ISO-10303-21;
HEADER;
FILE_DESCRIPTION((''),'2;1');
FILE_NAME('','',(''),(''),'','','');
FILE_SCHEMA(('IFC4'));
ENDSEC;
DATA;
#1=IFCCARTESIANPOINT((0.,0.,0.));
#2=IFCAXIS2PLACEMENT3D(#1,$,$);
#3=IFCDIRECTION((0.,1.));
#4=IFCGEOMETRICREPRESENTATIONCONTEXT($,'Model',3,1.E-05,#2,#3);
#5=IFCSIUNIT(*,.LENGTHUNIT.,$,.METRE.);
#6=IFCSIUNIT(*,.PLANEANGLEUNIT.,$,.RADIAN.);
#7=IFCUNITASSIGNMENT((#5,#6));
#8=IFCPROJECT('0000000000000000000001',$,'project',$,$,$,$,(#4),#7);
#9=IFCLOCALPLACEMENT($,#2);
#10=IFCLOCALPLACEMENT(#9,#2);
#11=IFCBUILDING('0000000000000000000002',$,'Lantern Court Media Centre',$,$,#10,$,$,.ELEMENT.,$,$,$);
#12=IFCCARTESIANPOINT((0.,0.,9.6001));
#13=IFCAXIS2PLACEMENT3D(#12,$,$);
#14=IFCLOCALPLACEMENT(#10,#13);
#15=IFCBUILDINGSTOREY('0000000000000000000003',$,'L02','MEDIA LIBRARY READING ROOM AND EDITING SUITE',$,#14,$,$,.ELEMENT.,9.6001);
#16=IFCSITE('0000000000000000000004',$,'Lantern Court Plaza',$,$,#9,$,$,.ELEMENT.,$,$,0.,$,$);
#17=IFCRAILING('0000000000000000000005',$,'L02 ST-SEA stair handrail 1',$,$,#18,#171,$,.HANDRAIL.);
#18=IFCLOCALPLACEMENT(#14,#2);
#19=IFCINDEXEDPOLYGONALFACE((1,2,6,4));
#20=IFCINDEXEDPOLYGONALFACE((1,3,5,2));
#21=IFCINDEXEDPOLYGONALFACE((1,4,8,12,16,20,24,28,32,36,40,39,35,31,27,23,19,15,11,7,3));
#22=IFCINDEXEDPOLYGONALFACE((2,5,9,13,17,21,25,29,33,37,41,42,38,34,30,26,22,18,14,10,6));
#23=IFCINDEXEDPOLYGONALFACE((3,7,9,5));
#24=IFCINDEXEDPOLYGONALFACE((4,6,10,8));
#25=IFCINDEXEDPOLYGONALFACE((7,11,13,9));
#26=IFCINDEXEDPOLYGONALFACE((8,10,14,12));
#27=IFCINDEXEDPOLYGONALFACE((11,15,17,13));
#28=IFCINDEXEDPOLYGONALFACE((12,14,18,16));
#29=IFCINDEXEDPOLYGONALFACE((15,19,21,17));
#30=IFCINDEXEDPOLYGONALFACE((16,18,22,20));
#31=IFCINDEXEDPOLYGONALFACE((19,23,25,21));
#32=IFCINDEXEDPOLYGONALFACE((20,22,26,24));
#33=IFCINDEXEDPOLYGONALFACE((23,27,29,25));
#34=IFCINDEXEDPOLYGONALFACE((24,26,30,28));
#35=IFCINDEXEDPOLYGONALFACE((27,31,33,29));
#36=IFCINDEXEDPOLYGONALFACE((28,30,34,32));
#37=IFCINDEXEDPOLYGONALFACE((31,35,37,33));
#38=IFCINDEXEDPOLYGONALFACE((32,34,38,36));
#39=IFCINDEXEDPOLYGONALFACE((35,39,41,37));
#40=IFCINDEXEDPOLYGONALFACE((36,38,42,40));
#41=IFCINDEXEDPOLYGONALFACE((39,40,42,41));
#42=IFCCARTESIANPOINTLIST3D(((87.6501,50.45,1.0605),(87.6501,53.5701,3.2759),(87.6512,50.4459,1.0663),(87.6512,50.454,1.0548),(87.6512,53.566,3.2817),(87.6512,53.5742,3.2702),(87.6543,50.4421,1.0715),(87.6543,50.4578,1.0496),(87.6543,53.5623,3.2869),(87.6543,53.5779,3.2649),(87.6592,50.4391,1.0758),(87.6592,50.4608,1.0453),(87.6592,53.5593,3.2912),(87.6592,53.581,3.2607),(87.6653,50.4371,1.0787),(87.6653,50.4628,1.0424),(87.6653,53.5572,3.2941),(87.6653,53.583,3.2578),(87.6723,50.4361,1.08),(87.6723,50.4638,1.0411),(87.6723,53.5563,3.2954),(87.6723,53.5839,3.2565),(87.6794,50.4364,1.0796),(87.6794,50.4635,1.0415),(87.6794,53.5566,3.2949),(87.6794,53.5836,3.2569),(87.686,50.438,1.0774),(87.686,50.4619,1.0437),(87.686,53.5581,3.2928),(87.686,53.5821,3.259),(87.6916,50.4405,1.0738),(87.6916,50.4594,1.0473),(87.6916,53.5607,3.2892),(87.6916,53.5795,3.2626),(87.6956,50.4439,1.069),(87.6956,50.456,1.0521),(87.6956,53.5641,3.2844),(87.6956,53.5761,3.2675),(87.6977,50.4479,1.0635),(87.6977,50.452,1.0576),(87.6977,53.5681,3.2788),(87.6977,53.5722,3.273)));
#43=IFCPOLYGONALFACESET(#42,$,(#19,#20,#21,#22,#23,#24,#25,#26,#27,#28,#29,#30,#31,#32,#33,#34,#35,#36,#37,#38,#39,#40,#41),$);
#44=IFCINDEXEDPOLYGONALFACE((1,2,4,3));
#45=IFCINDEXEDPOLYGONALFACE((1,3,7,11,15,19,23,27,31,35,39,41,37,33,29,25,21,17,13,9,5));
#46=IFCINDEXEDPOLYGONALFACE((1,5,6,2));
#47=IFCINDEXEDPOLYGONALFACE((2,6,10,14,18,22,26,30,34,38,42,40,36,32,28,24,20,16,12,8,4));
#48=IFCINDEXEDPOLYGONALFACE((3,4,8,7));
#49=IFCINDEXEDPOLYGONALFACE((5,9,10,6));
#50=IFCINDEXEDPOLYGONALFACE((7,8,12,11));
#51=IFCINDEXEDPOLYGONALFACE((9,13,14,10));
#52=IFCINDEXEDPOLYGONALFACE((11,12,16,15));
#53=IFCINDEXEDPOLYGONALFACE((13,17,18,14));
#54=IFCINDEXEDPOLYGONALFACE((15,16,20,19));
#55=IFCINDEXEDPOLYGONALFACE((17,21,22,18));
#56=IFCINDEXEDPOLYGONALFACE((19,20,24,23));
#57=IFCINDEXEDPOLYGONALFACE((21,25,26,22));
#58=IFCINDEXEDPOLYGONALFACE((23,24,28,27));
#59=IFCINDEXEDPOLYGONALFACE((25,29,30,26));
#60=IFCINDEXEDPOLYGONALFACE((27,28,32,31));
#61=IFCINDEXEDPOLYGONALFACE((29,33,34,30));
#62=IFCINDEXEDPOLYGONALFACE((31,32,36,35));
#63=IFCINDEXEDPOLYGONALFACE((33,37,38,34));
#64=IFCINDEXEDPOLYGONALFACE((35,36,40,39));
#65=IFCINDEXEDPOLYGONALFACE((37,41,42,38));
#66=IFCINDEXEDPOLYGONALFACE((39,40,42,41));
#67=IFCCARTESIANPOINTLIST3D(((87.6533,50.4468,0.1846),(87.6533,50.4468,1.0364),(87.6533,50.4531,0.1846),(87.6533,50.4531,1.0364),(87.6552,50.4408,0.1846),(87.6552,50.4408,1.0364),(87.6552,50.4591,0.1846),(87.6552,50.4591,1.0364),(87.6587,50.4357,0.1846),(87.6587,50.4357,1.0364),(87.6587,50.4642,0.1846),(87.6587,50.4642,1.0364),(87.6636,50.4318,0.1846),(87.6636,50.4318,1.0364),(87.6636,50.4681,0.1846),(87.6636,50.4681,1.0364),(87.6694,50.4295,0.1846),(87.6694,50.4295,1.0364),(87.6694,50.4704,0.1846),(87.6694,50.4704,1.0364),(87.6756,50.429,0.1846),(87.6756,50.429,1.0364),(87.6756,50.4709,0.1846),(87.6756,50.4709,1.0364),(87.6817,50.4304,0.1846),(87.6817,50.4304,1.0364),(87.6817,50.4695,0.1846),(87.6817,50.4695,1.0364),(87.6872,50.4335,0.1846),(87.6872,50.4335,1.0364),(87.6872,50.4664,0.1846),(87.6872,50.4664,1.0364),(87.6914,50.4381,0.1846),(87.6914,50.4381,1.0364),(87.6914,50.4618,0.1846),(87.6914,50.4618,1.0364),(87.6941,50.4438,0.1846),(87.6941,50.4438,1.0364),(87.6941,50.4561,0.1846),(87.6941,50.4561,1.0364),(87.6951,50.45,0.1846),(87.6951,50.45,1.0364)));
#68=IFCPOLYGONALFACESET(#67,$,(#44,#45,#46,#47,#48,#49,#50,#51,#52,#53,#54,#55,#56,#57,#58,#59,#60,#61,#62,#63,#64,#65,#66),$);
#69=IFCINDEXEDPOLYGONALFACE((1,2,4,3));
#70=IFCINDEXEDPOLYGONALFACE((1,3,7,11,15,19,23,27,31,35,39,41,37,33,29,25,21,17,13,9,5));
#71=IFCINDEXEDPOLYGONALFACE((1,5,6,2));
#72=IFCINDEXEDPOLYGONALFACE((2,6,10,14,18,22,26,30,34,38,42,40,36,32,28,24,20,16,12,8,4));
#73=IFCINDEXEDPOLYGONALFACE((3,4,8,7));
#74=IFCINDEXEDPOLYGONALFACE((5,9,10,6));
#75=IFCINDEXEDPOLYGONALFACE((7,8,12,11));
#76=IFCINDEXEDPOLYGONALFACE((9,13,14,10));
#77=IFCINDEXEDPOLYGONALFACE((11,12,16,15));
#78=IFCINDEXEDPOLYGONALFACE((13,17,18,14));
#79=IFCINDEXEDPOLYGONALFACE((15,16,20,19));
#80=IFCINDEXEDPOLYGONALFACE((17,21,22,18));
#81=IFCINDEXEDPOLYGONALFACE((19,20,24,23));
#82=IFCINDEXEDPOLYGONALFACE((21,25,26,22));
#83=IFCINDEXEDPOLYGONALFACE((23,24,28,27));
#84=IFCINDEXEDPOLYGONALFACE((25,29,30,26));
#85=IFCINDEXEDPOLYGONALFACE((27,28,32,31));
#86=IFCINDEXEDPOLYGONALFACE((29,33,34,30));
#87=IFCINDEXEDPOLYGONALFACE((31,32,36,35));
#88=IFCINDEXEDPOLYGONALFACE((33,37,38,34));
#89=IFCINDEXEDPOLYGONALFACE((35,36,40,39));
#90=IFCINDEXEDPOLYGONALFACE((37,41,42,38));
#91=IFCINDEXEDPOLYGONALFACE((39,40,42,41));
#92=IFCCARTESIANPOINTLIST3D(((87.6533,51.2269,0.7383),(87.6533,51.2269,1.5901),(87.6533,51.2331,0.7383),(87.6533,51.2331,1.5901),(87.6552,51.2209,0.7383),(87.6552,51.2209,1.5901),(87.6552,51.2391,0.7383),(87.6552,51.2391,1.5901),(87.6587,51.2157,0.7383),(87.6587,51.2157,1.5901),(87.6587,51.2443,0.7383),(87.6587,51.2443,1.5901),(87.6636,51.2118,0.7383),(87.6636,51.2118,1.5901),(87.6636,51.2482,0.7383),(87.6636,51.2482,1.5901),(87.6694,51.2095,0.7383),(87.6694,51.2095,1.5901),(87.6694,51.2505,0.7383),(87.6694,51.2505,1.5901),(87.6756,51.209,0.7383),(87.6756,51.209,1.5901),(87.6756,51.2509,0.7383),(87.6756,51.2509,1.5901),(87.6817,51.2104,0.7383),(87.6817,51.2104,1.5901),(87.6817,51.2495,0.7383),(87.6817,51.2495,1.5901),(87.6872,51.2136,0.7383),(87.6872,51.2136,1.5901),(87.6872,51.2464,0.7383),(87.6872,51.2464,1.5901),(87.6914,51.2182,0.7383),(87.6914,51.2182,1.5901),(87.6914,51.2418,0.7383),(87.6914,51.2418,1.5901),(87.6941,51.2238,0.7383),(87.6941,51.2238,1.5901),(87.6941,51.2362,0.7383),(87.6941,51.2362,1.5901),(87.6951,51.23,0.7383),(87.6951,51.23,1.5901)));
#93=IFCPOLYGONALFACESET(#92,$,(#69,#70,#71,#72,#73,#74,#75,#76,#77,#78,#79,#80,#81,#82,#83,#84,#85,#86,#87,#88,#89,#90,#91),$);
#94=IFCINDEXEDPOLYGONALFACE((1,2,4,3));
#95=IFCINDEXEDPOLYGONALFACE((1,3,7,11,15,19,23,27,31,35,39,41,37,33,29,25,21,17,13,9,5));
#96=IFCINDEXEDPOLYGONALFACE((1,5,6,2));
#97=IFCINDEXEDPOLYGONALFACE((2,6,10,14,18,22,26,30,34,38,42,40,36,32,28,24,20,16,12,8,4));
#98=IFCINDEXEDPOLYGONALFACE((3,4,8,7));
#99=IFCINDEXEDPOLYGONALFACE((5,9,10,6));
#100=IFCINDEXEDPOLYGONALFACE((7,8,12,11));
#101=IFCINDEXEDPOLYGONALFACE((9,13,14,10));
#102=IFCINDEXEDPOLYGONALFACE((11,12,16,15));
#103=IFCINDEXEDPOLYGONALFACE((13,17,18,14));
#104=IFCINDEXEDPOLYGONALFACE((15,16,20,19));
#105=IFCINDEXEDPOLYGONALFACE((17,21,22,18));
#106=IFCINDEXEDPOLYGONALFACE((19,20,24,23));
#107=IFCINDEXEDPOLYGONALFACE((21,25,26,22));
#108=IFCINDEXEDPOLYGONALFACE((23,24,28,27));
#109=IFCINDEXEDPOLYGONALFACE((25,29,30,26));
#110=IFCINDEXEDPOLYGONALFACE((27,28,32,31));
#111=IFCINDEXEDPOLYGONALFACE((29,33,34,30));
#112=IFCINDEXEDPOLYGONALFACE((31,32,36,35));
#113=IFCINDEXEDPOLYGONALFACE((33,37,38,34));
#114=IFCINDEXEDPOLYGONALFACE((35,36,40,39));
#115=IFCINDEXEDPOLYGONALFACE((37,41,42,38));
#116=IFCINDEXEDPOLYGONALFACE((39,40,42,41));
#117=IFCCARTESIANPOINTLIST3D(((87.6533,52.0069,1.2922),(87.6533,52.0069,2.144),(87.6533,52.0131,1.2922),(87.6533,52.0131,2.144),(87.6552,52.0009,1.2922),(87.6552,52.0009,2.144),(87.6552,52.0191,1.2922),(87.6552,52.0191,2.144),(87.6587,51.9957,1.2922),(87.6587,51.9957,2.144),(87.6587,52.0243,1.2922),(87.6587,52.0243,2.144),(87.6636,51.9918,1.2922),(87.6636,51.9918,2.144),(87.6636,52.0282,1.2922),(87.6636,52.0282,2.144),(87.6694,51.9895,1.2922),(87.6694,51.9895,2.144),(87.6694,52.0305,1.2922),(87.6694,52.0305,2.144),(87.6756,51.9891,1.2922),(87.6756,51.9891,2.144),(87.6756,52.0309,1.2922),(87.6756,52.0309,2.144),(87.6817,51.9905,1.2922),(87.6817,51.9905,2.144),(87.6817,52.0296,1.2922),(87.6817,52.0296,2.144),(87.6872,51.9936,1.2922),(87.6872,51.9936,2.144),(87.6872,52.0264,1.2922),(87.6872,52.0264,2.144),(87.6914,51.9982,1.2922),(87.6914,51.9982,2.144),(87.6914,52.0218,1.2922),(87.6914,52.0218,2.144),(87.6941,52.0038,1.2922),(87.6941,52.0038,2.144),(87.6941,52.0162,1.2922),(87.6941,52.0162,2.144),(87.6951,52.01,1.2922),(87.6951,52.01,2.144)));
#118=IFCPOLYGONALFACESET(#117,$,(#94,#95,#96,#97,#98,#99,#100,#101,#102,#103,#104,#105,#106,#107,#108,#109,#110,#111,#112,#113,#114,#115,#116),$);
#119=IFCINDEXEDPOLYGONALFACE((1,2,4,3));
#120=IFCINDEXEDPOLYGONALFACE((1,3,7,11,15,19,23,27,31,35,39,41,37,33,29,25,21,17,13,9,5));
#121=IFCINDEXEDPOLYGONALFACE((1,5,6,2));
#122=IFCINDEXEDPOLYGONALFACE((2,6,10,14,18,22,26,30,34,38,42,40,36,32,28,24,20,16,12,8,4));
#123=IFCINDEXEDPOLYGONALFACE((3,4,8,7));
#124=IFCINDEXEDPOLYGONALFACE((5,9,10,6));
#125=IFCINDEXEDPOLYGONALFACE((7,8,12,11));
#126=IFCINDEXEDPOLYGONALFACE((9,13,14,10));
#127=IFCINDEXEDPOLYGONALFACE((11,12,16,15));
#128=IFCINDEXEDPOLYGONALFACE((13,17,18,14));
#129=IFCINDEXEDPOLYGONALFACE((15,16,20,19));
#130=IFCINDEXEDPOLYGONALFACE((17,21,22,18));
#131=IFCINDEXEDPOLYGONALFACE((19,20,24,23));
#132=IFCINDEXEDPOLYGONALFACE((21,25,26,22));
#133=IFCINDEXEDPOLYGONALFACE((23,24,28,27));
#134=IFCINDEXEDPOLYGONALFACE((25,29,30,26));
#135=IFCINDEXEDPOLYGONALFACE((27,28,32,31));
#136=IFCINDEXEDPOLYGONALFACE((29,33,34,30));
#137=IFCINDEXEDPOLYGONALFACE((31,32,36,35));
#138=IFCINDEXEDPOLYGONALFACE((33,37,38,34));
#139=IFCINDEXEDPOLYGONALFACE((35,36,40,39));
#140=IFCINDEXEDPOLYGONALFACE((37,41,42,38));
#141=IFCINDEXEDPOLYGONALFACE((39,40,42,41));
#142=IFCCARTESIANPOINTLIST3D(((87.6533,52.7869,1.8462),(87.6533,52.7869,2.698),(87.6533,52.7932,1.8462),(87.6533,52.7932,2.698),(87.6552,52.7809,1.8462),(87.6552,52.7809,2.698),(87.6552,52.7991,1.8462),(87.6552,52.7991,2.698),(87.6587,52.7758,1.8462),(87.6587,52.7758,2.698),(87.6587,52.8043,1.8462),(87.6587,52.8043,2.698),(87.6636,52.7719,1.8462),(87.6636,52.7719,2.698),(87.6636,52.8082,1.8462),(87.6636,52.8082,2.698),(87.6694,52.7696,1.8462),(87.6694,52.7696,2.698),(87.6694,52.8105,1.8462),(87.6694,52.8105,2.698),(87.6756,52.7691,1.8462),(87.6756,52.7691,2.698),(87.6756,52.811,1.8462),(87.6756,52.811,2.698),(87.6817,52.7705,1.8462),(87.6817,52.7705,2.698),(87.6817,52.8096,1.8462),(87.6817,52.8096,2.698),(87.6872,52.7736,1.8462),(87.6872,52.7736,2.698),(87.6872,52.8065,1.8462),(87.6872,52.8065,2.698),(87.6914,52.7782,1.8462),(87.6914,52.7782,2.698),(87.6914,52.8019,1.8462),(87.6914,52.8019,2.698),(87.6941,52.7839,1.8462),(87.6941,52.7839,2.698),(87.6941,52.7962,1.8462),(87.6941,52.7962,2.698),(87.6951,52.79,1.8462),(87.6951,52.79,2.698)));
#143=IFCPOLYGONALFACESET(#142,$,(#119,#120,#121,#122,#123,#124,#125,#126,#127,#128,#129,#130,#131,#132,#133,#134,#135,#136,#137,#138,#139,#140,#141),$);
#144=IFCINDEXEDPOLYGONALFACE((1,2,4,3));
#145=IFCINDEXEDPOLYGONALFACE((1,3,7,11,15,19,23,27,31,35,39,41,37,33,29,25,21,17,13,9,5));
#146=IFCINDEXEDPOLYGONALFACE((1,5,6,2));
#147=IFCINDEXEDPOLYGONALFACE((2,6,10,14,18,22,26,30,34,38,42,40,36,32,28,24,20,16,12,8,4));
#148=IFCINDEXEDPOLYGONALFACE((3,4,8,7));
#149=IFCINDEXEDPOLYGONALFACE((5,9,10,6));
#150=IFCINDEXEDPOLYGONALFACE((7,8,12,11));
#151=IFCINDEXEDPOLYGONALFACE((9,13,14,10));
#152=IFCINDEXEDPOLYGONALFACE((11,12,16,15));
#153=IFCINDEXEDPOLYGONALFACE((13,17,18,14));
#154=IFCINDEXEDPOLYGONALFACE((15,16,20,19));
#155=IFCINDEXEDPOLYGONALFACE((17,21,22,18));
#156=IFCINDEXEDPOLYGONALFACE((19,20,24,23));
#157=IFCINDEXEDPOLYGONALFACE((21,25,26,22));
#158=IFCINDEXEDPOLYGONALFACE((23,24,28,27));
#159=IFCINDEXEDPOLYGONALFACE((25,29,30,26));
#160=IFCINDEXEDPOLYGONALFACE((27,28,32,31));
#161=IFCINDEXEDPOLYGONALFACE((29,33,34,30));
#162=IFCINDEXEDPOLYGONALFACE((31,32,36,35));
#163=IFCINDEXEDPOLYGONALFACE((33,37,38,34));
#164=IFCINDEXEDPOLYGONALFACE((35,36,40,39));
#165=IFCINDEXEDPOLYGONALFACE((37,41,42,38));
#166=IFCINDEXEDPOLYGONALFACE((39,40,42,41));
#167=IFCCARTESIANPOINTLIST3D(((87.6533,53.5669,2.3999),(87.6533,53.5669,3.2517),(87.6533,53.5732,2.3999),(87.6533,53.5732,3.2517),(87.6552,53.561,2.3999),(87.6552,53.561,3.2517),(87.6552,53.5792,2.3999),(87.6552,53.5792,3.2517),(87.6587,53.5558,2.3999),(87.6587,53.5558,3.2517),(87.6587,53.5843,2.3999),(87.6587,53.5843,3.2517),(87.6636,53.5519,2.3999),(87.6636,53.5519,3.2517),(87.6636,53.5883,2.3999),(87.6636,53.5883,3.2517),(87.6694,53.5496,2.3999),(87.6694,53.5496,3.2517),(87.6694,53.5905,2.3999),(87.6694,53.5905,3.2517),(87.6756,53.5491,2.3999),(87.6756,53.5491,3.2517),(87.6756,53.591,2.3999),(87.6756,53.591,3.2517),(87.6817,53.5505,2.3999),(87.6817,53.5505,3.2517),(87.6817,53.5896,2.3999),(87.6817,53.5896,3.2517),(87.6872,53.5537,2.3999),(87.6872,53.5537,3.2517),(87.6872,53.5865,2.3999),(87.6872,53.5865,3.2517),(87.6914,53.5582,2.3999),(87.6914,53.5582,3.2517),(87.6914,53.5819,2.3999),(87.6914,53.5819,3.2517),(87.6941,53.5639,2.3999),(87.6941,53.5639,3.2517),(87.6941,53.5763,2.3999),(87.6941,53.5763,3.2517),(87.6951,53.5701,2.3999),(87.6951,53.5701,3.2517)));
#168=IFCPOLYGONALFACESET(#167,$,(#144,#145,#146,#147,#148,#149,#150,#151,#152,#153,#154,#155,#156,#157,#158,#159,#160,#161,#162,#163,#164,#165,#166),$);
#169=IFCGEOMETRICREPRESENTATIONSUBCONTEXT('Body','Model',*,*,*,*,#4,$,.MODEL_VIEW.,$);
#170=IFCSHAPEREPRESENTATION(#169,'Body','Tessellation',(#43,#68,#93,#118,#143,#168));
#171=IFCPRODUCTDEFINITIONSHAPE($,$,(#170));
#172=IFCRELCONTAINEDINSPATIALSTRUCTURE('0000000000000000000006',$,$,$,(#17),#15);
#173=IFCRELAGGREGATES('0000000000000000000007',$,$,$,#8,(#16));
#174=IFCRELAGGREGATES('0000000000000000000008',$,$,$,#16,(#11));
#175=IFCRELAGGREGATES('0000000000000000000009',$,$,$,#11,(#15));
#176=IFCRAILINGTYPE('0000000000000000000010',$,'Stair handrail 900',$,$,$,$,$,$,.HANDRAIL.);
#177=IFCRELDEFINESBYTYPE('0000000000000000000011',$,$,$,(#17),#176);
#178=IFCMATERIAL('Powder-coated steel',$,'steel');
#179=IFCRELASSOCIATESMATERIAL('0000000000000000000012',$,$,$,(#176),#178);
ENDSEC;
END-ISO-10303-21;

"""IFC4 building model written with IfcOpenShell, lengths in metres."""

from ifc_helpers import new_model, si_unit, direction, frame, origin, origin_2d, place, context, subcontext, project, spatial, circle, extrude, material, type_object, element, save


model = new_model("IFC4")

# Units and contexts
model_context = context("Model", 3, precision=1e-05, world=origin(), true_north=direction((0.0, 1.0)))
body_context = subcontext(model_context, "Body", "Model", "MODEL_VIEW")
ifc_project = project(units=[si_unit("LENGTHUNIT", "METRE"), si_unit("PLANEANGLEUNIT", "RADIAN")], contexts=[model_context])

# Site, building, storey
site_placement = place(None, origin())
site = spatial("IfcSite", under=ifc_project, at=site_placement, Name="Lantern Court Plaza", CompositionType="ELEMENT", RefElevation=0.0)
building_placement = place(site_placement, origin())
building = spatial("IfcBuilding", under=site, at=building_placement, Name="Lantern Court Media Centre", CompositionType="ELEMENT")
storey_placement = place(building_placement, frame((0.0, 0.0, 9.6001)))
storey = spatial("IfcBuildingStorey", under=building, at=storey_placement, Name="L02", Description="MEDIA LIBRARY READING ROOM AND EDITING SUITE", CompositionType="ELEMENT", Elevation=9.6001)

# Railing
ifc_material_1 = material(Name="Powder-coated steel", Category="steel")
railing_type_1 = type_object("IfcRailingType", Name="Stair handrail 900", PredefinedType="HANDRAIL", material=ifc_material_1)
railing_1_placement = place(storey_placement, frame((87.6741, 50.45, 0.1846)))
element("IfcRailing", 1, at=railing_1_placement, inside=storey, type_object=railing_type_1, Name="L02 ST-SEA stair handrail 1", PredefinedType="HANDRAIL", context=body_context, shape_type="SweptSolid", body=[
    extrude(circle(Radius=0.0239, at=origin_2d()), frame((0.0, 0.0, 0.876), z_axis=(0.0, 0.815377, 0.57893), x_axis=(-1.0, 0.0, 0.0)), (0.0, 0.0, 1.0), 3.8267),
    extrude(circle(Radius=0.021, at=origin_2d()), origin(), (0.0, 0.0, 1.0), 0.8518),
    extrude(circle(Radius=0.021, at=origin_2d()), frame((0.0, 0.78, 0.5537)), (0.0, 0.0, 1.0), 0.8518),
    extrude(circle(Radius=0.021, at=origin_2d()), frame((0.0, 1.5601, 1.1077)), (0.0, 0.0, 1.0), 0.8518),
    extrude(circle(Radius=0.021, at=origin_2d()), frame((0.0, 2.3401, 1.6616)), (0.0, 0.0, 1.0), 0.8518),
    extrude(circle(Radius=0.021, at=origin_2d()), frame((0.0, 3.1201, 2.2153)), (0.0, 0.0, 1.0), 0.8518),
])

save(model, "model.ifc")
